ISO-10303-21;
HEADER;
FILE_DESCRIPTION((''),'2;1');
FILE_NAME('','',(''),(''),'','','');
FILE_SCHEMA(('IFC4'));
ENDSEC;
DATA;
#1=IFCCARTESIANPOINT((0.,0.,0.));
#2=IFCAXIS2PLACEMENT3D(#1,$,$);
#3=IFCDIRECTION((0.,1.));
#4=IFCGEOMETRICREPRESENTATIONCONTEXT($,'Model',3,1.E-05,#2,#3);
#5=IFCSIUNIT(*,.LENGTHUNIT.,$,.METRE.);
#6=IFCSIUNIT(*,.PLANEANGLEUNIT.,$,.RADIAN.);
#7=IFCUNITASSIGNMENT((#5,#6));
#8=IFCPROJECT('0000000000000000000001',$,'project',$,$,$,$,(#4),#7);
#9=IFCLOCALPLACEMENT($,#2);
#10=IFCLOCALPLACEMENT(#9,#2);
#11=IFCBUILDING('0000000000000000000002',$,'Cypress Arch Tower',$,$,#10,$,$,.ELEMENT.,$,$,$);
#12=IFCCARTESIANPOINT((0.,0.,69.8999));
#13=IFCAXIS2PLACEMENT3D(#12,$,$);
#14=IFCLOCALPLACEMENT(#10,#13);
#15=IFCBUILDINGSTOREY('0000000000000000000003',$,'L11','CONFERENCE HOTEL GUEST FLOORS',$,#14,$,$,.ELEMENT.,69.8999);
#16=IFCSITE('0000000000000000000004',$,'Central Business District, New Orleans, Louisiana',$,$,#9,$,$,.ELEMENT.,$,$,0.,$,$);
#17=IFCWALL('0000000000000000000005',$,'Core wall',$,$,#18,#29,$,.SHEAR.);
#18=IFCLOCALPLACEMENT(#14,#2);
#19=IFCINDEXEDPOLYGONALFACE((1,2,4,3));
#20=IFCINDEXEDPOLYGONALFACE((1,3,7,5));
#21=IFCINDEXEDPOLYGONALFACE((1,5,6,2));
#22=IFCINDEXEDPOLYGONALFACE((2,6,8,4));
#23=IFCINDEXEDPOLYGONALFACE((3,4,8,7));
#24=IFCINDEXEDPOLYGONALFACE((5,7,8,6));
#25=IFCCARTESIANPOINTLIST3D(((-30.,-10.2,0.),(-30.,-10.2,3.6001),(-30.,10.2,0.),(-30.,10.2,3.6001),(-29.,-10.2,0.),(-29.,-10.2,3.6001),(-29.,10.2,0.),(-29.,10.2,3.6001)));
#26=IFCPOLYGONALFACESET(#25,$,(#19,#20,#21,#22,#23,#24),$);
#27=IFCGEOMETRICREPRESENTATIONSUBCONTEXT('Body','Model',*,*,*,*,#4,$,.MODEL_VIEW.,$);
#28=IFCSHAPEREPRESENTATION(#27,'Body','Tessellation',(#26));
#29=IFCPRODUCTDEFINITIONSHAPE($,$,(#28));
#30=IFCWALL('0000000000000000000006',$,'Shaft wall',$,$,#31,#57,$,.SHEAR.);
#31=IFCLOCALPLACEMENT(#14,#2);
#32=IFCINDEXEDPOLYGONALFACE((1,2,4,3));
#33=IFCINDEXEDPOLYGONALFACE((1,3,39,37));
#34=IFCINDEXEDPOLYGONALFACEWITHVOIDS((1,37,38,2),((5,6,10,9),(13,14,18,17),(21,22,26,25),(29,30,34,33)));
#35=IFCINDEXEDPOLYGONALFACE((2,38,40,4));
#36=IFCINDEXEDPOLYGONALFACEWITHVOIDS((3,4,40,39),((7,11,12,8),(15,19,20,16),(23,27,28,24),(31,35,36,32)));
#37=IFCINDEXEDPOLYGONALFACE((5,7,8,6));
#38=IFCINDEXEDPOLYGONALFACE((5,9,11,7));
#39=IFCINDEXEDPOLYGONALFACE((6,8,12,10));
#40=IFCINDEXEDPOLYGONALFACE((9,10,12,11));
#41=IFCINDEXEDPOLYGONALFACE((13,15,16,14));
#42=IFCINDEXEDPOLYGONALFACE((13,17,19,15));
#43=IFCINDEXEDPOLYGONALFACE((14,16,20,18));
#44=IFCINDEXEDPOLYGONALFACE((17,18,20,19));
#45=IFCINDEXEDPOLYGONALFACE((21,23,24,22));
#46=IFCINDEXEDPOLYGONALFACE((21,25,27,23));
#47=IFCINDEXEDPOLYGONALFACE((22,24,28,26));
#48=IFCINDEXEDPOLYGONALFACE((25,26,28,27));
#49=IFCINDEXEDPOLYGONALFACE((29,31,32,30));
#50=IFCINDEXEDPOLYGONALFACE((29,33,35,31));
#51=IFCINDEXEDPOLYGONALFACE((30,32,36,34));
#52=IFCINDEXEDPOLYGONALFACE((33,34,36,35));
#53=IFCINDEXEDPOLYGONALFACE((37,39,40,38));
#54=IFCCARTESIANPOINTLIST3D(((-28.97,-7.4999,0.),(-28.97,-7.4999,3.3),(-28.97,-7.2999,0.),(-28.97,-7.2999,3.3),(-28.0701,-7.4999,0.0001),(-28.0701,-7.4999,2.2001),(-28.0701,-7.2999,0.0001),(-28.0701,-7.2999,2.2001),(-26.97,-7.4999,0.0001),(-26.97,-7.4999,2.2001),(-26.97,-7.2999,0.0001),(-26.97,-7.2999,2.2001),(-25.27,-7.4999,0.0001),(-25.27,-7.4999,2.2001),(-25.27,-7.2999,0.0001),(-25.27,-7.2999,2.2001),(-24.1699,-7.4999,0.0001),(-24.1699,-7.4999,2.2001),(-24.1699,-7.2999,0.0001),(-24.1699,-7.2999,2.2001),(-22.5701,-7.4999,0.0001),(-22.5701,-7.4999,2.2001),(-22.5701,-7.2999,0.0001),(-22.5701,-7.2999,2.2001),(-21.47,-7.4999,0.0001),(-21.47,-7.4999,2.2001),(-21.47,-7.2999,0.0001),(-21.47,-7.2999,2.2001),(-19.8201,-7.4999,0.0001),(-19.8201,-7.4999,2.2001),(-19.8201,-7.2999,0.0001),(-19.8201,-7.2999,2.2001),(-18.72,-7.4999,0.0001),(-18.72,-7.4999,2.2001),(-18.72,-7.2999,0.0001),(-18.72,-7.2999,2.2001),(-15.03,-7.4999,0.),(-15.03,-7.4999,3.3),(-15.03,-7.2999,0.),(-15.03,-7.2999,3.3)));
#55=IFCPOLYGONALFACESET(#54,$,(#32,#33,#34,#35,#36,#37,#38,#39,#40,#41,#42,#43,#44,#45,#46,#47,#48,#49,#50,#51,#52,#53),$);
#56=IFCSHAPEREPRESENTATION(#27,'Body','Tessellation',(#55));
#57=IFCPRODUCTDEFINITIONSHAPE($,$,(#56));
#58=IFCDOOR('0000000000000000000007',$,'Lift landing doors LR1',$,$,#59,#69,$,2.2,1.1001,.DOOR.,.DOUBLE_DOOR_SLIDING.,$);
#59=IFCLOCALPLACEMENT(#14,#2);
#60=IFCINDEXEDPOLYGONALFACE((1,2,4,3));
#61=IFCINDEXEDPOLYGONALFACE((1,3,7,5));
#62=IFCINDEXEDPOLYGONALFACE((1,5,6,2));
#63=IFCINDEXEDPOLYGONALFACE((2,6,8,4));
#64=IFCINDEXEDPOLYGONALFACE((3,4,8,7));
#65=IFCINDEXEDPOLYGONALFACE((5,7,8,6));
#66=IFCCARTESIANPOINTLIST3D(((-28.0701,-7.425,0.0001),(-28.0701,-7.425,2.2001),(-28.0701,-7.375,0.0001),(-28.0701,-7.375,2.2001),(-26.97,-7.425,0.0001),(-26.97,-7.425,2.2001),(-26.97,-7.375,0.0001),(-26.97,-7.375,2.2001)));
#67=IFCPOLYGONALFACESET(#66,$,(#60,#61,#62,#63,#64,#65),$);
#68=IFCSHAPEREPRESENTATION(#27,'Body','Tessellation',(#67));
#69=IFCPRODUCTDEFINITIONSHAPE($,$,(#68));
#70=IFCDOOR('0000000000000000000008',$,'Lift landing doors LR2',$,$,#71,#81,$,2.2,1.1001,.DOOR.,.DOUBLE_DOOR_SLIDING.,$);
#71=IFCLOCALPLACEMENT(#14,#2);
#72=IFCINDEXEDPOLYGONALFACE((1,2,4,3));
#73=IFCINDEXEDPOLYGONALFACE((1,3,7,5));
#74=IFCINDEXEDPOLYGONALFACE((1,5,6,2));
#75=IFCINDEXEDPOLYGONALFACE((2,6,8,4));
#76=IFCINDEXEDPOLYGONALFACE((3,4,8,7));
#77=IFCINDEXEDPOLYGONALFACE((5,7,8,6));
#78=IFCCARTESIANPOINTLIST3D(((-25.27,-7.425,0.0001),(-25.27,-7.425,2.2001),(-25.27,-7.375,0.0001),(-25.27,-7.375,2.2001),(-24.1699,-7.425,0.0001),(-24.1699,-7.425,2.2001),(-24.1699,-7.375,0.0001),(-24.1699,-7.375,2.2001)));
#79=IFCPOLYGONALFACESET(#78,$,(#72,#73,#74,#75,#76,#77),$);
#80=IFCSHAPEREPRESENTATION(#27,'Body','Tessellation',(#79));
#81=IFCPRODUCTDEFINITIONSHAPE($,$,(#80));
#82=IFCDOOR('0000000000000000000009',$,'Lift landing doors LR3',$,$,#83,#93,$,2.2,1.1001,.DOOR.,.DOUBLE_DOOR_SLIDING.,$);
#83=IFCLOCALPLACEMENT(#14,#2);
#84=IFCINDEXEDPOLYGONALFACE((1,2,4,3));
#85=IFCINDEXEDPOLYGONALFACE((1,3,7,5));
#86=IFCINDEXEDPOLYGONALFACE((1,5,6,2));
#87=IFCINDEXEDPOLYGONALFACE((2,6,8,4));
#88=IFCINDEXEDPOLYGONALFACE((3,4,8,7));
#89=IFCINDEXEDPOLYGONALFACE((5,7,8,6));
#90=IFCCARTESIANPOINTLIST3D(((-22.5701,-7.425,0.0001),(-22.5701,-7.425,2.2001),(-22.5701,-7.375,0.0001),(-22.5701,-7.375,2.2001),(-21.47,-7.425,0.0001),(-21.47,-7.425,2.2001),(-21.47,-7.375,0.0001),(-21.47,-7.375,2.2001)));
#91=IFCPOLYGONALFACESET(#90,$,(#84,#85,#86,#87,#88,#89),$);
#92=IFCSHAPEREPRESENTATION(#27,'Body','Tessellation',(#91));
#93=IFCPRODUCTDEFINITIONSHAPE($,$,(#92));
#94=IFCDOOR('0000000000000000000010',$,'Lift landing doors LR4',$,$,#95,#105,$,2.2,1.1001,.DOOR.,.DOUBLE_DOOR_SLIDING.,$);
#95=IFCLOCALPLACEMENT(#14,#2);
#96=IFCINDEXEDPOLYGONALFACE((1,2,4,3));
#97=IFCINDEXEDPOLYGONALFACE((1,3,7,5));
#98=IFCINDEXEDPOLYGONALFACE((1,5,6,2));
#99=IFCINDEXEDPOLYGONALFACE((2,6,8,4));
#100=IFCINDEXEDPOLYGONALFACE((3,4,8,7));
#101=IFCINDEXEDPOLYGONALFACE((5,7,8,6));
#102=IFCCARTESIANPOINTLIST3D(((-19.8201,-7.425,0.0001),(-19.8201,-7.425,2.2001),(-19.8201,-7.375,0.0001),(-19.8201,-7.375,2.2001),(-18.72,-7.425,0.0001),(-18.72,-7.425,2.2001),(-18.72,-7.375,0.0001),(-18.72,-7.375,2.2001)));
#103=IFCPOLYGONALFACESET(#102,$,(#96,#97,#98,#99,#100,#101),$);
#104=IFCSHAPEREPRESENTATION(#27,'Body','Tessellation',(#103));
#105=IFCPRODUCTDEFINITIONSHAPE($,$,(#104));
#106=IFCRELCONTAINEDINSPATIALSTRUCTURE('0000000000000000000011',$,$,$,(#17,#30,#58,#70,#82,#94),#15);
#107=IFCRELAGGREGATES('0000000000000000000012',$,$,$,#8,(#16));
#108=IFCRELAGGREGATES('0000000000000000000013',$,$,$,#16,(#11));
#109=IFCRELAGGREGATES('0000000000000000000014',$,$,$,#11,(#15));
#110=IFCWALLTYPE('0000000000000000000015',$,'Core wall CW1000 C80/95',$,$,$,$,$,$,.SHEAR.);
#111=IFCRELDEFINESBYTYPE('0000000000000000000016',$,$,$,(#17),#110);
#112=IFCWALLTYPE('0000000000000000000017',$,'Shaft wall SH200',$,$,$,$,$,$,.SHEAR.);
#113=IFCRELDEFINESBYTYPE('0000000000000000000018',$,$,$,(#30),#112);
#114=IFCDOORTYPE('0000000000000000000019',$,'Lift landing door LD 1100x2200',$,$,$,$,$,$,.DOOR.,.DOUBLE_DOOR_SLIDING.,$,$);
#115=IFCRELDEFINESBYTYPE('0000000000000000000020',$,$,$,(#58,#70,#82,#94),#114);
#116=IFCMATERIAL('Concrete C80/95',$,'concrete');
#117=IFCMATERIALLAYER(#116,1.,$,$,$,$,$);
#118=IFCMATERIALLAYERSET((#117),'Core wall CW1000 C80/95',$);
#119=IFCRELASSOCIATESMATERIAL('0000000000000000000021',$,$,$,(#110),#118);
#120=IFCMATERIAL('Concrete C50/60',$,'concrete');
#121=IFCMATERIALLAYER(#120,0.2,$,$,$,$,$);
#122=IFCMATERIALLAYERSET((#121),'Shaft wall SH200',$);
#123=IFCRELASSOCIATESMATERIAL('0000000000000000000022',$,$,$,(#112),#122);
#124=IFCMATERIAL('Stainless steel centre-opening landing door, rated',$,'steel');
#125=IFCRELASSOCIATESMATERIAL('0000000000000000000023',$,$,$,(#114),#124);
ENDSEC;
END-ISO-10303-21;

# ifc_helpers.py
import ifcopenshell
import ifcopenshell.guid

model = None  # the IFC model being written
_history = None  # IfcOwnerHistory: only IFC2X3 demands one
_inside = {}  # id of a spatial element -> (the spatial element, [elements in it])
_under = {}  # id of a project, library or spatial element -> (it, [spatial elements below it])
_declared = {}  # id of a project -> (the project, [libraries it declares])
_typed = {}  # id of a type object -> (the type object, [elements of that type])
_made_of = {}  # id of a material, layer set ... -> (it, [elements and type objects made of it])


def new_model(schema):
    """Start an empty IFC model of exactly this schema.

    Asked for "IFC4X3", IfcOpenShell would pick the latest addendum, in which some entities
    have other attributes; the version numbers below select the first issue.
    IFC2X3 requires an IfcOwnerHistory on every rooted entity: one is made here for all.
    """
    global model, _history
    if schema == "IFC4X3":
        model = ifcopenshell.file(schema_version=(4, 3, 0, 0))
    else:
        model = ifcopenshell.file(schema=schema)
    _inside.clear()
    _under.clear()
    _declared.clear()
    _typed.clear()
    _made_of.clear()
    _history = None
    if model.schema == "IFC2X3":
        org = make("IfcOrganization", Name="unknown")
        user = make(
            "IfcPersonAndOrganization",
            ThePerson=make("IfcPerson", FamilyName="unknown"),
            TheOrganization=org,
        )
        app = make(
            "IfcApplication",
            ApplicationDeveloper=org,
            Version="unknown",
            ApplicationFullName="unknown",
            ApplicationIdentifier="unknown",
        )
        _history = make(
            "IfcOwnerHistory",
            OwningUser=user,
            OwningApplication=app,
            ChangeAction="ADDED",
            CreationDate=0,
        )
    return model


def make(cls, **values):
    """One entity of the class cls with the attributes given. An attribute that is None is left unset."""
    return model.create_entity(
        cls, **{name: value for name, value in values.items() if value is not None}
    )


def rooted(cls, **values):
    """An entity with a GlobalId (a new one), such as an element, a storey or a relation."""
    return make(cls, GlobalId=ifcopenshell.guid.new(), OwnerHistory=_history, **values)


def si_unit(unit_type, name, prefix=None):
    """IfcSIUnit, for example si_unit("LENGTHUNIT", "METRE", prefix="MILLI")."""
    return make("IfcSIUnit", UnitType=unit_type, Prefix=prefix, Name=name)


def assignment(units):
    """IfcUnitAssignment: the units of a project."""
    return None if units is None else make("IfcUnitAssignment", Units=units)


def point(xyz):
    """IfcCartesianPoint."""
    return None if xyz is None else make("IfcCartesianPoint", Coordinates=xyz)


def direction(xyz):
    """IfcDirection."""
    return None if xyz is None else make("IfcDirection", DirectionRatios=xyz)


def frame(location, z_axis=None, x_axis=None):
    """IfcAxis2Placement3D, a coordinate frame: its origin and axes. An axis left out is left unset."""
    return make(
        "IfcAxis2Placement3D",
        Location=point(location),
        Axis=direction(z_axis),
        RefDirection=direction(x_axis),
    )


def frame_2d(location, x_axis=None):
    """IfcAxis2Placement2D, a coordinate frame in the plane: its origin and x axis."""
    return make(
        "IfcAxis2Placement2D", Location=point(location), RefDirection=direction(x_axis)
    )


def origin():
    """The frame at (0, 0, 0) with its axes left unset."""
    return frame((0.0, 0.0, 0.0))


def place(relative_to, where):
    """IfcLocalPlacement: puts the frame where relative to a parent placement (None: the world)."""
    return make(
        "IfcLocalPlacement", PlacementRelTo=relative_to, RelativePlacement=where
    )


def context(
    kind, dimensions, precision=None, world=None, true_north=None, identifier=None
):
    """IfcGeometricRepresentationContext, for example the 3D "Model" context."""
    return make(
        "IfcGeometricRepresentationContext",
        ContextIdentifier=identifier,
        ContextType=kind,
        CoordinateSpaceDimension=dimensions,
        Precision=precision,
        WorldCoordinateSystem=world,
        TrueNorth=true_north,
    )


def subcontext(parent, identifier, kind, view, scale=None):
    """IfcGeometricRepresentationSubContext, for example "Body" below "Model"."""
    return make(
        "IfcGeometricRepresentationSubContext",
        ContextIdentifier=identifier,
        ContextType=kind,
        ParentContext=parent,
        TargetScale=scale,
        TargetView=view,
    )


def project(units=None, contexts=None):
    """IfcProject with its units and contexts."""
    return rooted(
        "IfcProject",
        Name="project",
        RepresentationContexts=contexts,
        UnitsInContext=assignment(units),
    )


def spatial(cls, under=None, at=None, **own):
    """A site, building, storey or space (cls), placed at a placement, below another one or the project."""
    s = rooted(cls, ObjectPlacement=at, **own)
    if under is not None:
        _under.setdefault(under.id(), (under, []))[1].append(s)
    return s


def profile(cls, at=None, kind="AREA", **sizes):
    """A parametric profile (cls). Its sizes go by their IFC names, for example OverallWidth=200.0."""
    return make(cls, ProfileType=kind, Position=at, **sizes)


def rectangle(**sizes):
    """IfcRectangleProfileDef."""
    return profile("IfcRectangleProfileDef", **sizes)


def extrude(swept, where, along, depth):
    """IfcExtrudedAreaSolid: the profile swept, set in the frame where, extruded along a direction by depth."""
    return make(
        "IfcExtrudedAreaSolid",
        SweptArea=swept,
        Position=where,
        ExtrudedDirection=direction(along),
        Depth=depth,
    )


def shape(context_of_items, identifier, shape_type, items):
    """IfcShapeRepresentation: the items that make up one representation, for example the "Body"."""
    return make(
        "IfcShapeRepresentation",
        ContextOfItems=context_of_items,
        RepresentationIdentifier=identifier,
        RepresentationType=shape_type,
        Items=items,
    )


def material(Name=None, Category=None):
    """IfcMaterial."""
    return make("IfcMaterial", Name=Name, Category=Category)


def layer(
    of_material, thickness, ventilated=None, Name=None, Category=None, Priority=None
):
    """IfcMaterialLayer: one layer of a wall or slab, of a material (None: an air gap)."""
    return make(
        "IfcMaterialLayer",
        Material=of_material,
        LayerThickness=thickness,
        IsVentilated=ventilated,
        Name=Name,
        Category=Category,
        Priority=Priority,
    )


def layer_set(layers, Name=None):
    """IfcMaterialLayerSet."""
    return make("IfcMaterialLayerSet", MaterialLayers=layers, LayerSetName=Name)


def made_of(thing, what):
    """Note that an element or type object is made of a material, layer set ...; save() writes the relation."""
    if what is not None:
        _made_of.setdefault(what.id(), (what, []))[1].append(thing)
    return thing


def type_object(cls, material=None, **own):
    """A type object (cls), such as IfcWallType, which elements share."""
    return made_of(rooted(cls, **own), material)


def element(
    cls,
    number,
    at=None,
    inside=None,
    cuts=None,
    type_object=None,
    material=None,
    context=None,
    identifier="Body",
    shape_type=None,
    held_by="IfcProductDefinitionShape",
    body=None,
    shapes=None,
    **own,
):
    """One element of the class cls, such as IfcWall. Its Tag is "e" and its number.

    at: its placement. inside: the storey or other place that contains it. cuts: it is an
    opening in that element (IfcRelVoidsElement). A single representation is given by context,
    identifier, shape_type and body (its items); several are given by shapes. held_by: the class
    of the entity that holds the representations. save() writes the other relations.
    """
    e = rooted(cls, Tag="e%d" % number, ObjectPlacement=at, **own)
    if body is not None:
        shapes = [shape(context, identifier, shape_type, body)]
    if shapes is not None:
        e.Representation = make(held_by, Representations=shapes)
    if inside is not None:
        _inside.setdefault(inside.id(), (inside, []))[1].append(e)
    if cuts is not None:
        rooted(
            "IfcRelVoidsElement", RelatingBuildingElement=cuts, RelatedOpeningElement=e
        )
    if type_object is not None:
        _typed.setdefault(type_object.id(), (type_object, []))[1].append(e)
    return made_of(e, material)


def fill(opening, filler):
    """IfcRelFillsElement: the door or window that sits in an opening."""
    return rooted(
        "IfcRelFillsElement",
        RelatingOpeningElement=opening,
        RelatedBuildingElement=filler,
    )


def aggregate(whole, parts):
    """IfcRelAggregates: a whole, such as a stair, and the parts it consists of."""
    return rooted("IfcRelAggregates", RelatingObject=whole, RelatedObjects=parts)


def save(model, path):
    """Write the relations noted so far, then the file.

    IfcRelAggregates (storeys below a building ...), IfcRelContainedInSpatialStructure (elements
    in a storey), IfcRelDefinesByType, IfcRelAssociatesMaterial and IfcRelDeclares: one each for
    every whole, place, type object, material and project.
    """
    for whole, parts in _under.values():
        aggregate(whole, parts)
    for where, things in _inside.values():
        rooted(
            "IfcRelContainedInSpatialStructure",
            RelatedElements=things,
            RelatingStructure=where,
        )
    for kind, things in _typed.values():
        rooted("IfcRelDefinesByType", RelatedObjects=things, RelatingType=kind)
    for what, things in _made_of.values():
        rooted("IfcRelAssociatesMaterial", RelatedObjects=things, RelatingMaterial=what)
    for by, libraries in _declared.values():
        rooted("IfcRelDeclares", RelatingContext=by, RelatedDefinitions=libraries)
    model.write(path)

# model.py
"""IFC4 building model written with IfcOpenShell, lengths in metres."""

from ifc_helpers import new_model, si_unit, direction, frame, frame_2d, origin, place, context, subcontext, project, spatial, rectangle, extrude, material, layer, layer_set, type_object, element, fill, save


model = new_model("IFC4")

# Units and contexts
model_context = context("Model", 3, precision=1e-05, world=origin(), true_north=direction((0.0, 1.0)))
body_context = subcontext(model_context, "Body", "Model", "MODEL_VIEW")
ifc_project = project(units=[si_unit("LENGTHUNIT", "METRE"), si_unit("PLANEANGLEUNIT", "RADIAN")], contexts=[model_context])

# Site, building, storey
site_placement = place(None, origin())
site = spatial("IfcSite", under=ifc_project, at=site_placement, Name="Central Business District, New Orleans, Louisiana", CompositionType="ELEMENT", RefElevation=0.0)
building_placement = place(site_placement, origin())
building = spatial("IfcBuilding", under=site, at=building_placement, Name="Cypress Arch Tower", CompositionType="ELEMENT")
storey_placement = place(building_placement, frame((0.0, 0.0, 69.8999)))
storey = spatial("IfcBuildingStorey", under=building, at=storey_placement, Name="L11", Description="CONFERENCE HOTEL GUEST FLOORS", CompositionType="ELEMENT", Elevation=69.8999)

# Wall
ifc_material_1 = material(Name="Concrete C80/95", Category="concrete")
ifc_layer_1 = layer(ifc_material_1, 1.0)
ifc_layer_set_1 = layer_set([ifc_layer_1], Name="Core wall CW1000 C80/95")
wall_type_1 = type_object("IfcWallType", Name="Core wall CW1000 C80/95", PredefinedType="SHEAR", material=ifc_layer_set_1)
wall_1_placement = place(storey_placement, frame((-29.5, -10.2, 0.0), z_axis=(0.0, 0.0, 1.0), x_axis=(0.0, 1.0, 0.0)))
element("IfcWall", 1, at=wall_1_placement, inside=storey, type_object=wall_type_1, Name="Core wall", PredefinedType="SHEAR", context=body_context, shape_type="SweptSolid", body=[
    extrude(rectangle(XDim=20.3999, YDim=1.0, at=frame_2d((10.2, 0.0))), origin(), (0.0, 0.0, 1.0), 3.6001),
])

# Wall, openings, doors
ifc_material_2 = material(Name="Concrete C50/60", Category="concrete")
ifc_layer_2 = layer(ifc_material_2, 0.2)
ifc_layer_set_2 = layer_set([ifc_layer_2], Name="Shaft wall SH200")
wall_type_2 = type_object("IfcWallType", Name="Shaft wall SH200", PredefinedType="SHEAR", material=ifc_layer_set_2)
wall_2_placement = place(storey_placement, frame((-28.97, -7.3999, 0.0), z_axis=(0.0, 0.0, 1.0), x_axis=(1.0, 0.0, 0.0)))
wall_2 = element("IfcWall", 2, at=wall_2_placement, inside=storey, type_object=wall_type_2, Name="Shaft wall", PredefinedType="SHEAR", context=body_context, shape_type="SweptSolid", body=[
    extrude(rectangle(XDim=13.9399, YDim=0.2, at=frame_2d((6.97, 0.0))), origin(), (0.0, 0.0, 1.0), 3.3),
])
opening_1_placement = place(wall_2_placement, frame((0.8999, 0.0, 0.0)))
opening_1 = element("IfcOpeningElement", 3, at=opening_1_placement, cuts=wall_2, PredefinedType="OPENING", context=body_context, shape_type="SweptSolid", body=[
    extrude(rectangle(XDim=1.1001, YDim=2.2, at=frame_2d((0.55, 1.1001))), frame((0.0, 0.1099, 0.0), z_axis=(0.0, -1.0, 0.0), x_axis=(1.0, 0.0, 0.0)), (0.0, 0.0, 1.0), 0.22),
])
opening_2_placement = place(wall_2_placement, frame((3.7, 0.0, 0.0)))
opening_2 = element("IfcOpeningElement", 4, at=opening_2_placement, cuts=wall_2, PredefinedType="OPENING", context=body_context, shape_type="SweptSolid", body=[
    extrude(rectangle(XDim=1.1001, YDim=2.2, at=frame_2d((0.55, 1.1001))), frame((0.0, 0.1099, 0.0), z_axis=(0.0, -1.0, 0.0), x_axis=(1.0, 0.0, 0.0)), (0.0, 0.0, 1.0), 0.22),
])
opening_3_placement = place(wall_2_placement, frame((6.3999, 0.0, 0.0)))
opening_3 = element("IfcOpeningElement", 5, at=opening_3_placement, cuts=wall_2, PredefinedType="OPENING", context=body_context, shape_type="SweptSolid", body=[
    extrude(rectangle(XDim=1.1001, YDim=2.2, at=frame_2d((0.55, 1.1001))), frame((0.0, 0.1099, 0.0), z_axis=(0.0, -1.0, 0.0), x_axis=(1.0, 0.0, 0.0)), (0.0, 0.0, 1.0), 0.22),
])
opening_4_placement = place(wall_2_placement, frame((9.1499, 0.0, 0.0)))
opening_4 = element("IfcOpeningElement", 6, at=opening_4_placement, cuts=wall_2, PredefinedType="OPENING", context=body_context, shape_type="SweptSolid", body=[
    extrude(rectangle(XDim=1.1001, YDim=2.2, at=frame_2d((0.55, 1.1001))), frame((0.0, 0.1099, 0.0), z_axis=(0.0, -1.0, 0.0), x_axis=(1.0, 0.0, 0.0)), (0.0, 0.0, 1.0), 0.22),
])
ifc_material_3 = material(Name="Stainless steel centre-opening landing door, rated", Category="steel")
door_type = type_object("IfcDoorType", Name="Lift landing door LD 1100x2200", OperationType="DOUBLE_DOOR_SLIDING", PredefinedType="DOOR", material=ifc_material_3)
door_1_placement = place(opening_1_placement, origin())
door_1 = element("IfcDoor", 7, at=door_1_placement, inside=storey, type_object=door_type, Name="Lift landing doors LR1", OperationType="DOUBLE_DOOR_SLIDING", OverallHeight=2.2, OverallWidth=1.1001, PredefinedType="DOOR", context=body_context, shape_type="SweptSolid", body=[
    extrude(rectangle(XDim=1.1001, YDim=2.2, at=frame_2d((0.55, 1.1001))), frame((0.0, 0.0249, 0.0), z_axis=(0.0, -1.0, 0.0), x_axis=(1.0, 0.0, 0.0)), (0.0, 0.0, 1.0), 0.05),
])
fill(opening_1, door_1)
door_2_placement = place(opening_2_placement, origin())
door_2 = element("IfcDoor", 8, at=door_2_placement, inside=storey, type_object=door_type, Name="Lift landing doors LR2", OperationType="DOUBLE_DOOR_SLIDING", OverallHeight=2.2, OverallWidth=1.1001, PredefinedType="DOOR", context=body_context, shape_type="SweptSolid", body=[
    extrude(rectangle(XDim=1.1001, YDim=2.2, at=frame_2d((0.55, 1.1001))), frame((0.0, 0.0249, 0.0), z_axis=(0.0, -1.0, 0.0), x_axis=(1.0, 0.0, 0.0)), (0.0, 0.0, 1.0), 0.05),
])
fill(opening_2, door_2)
door_3_placement = place(opening_3_placement, origin())
door_3 = element("IfcDoor", 9, at=door_3_placement, inside=storey, type_object=door_type, Name="Lift landing doors LR3", OperationType="DOUBLE_DOOR_SLIDING", OverallHeight=2.2, OverallWidth=1.1001, PredefinedType="DOOR", context=body_context, shape_type="SweptSolid", body=[
    extrude(rectangle(XDim=1.1001, YDim=2.2, at=frame_2d((0.55, 1.1001))), frame((0.0, 0.0249, 0.0), z_axis=(0.0, -1.0, 0.0), x_axis=(1.0, 0.0, 0.0)), (0.0, 0.0, 1.0), 0.05),
])
fill(opening_3, door_3)
door_4_placement = place(opening_4_placement, origin())
door_4 = element("IfcDoor", 10, at=door_4_placement, inside=storey, type_object=door_type, Name="Lift landing doors LR4", OperationType="DOUBLE_DOOR_SLIDING", OverallHeight=2.2, OverallWidth=1.1001, PredefinedType="DOOR", context=body_context, shape_type="SweptSolid", body=[
    extrude(rectangle(XDim=1.1001, YDim=2.2, at=frame_2d((0.55, 1.1001))), frame((0.0, 0.0249, 0.0), z_axis=(0.0, -1.0, 0.0), x_axis=(1.0, 0.0, 0.0)), (0.0, 0.0, 1.0), 0.05),
])
fill(opening_4, door_4)

save(model, "model.ifc")
